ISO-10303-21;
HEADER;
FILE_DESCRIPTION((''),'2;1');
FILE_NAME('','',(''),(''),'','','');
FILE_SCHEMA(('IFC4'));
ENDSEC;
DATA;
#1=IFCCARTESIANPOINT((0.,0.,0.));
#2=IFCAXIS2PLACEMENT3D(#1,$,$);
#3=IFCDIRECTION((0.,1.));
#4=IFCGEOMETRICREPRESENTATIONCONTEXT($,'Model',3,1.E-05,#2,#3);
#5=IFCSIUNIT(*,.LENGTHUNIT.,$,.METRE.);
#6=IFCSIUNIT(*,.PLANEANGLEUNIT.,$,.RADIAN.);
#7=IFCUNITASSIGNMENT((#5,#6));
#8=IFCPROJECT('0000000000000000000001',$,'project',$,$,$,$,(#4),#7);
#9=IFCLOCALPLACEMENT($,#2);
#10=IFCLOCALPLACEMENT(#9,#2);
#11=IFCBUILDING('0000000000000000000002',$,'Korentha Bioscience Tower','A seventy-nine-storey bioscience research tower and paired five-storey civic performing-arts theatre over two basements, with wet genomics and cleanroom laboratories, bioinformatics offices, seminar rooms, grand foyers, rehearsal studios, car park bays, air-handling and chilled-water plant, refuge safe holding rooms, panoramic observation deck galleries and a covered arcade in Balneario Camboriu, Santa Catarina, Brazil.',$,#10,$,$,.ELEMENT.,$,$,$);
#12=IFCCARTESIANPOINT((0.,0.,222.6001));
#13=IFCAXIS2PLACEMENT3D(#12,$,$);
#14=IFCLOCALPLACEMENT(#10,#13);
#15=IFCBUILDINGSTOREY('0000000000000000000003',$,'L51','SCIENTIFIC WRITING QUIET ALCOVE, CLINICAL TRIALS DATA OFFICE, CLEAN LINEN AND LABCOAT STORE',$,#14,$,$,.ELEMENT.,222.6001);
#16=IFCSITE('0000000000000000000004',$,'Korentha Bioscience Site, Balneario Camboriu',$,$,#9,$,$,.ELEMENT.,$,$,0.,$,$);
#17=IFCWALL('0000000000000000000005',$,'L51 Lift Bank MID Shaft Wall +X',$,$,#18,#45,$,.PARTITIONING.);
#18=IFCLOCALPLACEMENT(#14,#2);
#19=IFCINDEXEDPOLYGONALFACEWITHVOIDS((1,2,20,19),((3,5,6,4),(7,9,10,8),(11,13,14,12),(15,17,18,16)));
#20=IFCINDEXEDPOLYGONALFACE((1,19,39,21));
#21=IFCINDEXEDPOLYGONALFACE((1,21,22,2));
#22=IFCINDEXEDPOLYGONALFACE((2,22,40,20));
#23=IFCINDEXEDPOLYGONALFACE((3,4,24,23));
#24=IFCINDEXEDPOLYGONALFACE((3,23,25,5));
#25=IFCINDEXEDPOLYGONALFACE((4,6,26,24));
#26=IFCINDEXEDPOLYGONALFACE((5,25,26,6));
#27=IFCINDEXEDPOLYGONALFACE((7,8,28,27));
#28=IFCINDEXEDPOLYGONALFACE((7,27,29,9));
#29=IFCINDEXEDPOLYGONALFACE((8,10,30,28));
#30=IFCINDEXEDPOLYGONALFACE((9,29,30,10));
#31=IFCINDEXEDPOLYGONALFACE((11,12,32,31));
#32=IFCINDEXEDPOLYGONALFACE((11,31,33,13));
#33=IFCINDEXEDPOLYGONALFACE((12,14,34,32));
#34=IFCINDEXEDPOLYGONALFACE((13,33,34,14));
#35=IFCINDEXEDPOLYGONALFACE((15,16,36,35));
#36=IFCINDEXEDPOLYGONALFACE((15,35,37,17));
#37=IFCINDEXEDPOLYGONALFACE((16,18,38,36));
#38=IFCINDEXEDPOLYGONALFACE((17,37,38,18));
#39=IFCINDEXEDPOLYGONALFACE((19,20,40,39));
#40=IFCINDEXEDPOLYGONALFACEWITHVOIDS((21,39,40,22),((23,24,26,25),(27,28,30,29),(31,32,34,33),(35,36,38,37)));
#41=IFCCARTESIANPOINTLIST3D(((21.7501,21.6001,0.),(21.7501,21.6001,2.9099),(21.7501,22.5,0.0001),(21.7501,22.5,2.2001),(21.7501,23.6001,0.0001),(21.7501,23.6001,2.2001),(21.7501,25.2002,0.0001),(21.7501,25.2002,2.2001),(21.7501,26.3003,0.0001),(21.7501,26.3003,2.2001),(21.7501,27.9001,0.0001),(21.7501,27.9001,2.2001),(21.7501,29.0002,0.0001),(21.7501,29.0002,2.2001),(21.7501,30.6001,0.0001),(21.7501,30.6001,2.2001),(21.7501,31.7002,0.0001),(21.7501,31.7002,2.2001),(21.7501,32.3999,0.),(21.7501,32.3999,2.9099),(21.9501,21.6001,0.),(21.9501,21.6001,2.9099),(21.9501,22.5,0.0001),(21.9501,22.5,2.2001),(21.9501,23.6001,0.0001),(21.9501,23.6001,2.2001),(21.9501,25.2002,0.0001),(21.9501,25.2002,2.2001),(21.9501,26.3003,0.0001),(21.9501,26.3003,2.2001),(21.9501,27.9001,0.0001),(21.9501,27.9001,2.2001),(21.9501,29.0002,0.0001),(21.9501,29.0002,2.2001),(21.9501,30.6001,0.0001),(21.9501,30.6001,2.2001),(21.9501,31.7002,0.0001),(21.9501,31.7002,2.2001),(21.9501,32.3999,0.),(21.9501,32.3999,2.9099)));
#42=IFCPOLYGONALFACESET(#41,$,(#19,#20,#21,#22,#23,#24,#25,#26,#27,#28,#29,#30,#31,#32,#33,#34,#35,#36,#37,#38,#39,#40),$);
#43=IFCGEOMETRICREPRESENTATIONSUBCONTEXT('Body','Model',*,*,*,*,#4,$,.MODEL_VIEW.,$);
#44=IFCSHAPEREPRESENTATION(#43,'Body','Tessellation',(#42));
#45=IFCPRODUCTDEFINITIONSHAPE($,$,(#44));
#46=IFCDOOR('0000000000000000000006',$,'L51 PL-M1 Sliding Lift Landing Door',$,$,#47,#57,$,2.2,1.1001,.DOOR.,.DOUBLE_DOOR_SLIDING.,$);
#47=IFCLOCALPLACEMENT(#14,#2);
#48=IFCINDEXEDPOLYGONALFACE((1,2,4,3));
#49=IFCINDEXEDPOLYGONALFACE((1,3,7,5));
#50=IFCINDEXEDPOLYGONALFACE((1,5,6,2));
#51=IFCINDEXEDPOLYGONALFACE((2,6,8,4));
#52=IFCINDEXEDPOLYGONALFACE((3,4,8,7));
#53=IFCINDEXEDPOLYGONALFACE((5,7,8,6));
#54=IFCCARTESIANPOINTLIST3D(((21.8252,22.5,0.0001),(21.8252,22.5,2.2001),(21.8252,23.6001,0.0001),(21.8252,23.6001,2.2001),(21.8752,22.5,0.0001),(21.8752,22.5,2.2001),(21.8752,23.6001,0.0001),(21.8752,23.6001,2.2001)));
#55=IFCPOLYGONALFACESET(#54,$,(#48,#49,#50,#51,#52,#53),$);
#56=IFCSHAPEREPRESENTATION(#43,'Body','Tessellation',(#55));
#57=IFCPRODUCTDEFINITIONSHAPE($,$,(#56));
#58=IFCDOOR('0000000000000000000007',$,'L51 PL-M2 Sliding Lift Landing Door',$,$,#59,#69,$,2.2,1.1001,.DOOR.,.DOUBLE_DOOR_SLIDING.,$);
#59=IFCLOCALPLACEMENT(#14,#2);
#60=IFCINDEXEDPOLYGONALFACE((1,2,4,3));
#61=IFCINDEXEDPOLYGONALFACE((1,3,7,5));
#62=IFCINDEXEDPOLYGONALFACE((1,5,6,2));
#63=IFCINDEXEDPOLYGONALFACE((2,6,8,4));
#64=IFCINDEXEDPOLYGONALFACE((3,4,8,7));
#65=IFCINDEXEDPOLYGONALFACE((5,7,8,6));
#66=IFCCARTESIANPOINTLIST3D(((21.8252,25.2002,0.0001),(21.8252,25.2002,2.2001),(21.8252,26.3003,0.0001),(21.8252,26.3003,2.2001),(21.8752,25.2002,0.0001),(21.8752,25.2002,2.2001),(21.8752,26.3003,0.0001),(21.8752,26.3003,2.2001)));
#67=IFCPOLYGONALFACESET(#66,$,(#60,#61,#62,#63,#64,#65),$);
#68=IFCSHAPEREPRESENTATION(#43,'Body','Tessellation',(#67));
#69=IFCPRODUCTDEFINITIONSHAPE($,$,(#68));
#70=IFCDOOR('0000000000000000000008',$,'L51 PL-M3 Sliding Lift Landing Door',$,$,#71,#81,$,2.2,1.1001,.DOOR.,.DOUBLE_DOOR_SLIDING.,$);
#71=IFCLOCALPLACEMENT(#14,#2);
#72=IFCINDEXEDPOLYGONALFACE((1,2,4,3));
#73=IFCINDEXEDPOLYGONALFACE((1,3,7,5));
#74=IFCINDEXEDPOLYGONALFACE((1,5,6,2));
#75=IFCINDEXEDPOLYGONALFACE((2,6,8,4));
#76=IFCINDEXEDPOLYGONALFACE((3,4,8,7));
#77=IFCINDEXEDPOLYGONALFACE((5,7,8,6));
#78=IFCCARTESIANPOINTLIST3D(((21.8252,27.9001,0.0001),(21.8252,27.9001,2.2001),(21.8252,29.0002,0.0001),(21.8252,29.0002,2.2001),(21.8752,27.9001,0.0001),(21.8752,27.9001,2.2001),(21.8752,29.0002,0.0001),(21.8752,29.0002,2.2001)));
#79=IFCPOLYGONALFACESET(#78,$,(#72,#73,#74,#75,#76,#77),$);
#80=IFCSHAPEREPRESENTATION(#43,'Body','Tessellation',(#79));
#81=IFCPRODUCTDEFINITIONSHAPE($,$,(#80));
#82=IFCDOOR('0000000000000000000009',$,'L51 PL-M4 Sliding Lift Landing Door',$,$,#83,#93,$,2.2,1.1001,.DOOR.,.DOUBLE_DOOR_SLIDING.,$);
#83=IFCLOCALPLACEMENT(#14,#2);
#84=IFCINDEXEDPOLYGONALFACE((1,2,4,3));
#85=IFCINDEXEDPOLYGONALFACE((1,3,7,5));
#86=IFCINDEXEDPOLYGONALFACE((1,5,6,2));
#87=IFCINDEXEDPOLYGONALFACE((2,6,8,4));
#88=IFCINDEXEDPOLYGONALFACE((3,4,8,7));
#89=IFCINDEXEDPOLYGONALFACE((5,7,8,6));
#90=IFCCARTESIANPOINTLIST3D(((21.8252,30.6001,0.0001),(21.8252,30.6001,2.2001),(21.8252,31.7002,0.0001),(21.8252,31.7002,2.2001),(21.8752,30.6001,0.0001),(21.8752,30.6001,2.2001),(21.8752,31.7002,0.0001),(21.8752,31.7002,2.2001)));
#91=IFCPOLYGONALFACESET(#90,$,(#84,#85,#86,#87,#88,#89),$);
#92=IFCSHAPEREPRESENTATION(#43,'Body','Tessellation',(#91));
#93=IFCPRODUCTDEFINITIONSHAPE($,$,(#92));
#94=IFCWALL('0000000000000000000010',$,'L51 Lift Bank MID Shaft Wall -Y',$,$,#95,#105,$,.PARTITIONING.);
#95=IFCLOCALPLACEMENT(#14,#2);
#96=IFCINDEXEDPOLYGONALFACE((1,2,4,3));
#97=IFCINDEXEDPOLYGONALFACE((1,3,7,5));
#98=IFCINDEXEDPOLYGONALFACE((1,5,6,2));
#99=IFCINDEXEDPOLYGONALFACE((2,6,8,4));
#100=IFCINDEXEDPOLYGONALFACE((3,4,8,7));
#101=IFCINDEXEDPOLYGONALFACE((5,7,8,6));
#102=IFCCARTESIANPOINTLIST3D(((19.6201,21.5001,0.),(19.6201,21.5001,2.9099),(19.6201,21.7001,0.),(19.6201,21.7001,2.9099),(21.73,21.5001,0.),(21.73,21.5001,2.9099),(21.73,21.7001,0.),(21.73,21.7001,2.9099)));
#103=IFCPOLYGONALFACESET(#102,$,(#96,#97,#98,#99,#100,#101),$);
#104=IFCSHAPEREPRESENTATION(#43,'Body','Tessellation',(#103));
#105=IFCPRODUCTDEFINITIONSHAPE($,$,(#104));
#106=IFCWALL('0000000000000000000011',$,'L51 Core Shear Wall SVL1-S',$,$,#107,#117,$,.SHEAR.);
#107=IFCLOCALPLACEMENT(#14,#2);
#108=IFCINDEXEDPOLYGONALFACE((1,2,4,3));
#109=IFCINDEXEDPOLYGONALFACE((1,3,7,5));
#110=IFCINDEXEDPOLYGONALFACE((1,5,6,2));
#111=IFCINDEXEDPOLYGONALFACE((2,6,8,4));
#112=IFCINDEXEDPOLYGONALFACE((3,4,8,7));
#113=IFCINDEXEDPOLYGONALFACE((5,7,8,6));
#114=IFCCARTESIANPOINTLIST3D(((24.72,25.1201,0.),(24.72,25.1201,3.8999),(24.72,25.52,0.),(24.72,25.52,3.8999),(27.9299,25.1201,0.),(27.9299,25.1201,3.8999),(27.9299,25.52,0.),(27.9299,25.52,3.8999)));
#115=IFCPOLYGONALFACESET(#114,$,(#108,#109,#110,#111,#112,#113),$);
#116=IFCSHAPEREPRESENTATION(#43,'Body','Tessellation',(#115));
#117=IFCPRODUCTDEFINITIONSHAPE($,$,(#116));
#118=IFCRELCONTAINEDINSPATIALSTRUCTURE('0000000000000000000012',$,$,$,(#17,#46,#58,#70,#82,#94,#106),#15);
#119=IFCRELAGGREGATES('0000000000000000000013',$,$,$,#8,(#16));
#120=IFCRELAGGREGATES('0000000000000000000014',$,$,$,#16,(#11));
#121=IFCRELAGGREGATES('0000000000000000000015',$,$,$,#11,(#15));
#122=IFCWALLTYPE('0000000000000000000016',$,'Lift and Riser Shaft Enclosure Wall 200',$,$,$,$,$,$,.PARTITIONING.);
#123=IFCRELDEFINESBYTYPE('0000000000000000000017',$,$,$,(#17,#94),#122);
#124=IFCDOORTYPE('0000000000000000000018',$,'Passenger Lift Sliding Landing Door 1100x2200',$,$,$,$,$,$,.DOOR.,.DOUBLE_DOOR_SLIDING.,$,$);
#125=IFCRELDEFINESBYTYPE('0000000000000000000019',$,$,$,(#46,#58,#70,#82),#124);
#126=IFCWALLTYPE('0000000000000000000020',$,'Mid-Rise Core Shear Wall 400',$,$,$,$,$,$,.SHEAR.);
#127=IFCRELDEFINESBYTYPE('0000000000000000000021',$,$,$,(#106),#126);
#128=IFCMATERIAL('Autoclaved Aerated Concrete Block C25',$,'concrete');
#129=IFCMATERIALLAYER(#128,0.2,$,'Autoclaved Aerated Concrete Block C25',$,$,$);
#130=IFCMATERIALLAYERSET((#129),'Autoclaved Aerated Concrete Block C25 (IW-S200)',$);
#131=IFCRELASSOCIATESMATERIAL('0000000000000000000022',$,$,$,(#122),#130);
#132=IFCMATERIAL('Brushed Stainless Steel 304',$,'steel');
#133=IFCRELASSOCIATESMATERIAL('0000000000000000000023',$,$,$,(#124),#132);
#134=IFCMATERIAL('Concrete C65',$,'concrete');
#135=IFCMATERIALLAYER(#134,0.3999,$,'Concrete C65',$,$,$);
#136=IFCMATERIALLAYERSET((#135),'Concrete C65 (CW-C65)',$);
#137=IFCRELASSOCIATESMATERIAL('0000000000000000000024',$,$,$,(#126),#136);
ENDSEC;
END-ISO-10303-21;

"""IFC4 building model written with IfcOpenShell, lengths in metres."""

from ifc_helpers import new_model, si_unit, direction, frame, frame_2d, origin, place, context, subcontext, project, spatial, rectangle, extrude, material, layer, layer_set, type_object, element, fill, save


model = new_model("IFC4")

# Units and contexts
model_context = context("Model", 3, precision=1e-05, world=origin(), true_north=direction((0.0, 1.0)))
body_context = subcontext(model_context, "Body", "Model", "MODEL_VIEW")
ifc_project = project(units=[si_unit("LENGTHUNIT", "METRE"), si_unit("PLANEANGLEUNIT", "RADIAN")], contexts=[model_context])

# Site, building, storey
site_placement = place(None, origin())
site = spatial("IfcSite", under=ifc_project, at=site_placement, Name="Korentha Bioscience Site, Balneario Camboriu", CompositionType="ELEMENT", RefElevation=0.0)
building_placement = place(site_placement, origin())
building = spatial("IfcBuilding", under=site, at=building_placement, Name="Korentha Bioscience Tower", Description="A seventy-nine-storey bioscience research tower and paired five-storey civic performing-arts theatre over two basements, with wet genomics and cleanroom laboratories, bioinformatics offices, seminar rooms, grand foyers, rehearsal studios, car park bays, air-handling and chilled-water plant, refuge safe holding rooms, panoramic observation deck galleries and a covered arcade in Balneario Camboriu, Santa Catarina, Brazil.", CompositionType="ELEMENT")
storey_placement = place(building_placement, frame((0.0, 0.0, 222.6001)))
storey = spatial("IfcBuildingStorey", under=building, at=storey_placement, Name="L51", Description="SCIENTIFIC WRITING QUIET ALCOVE, CLINICAL TRIALS DATA OFFICE, CLEAN LINEN AND LABCOAT STORE", CompositionType="ELEMENT", Elevation=222.6001)

# Shared definitions
ifc_material_1 = material(Name="Concrete C65", Category="concrete")

# Shared definitions
ifc_material_2 = material(Name="Autoclaved Aerated Concrete Block C25", Category="concrete")
ifc_layer_1 = layer(ifc_material_2, 0.2, Name="Autoclaved Aerated Concrete Block C25")
ifc_layer_set_1 = layer_set([ifc_layer_1], Name="Autoclaved Aerated Concrete Block C25 (IW-S200)")
wall_type_1 = type_object("IfcWallType", Name="Lift and Riser Shaft Enclosure Wall 200", PredefinedType="PARTITIONING", material=ifc_layer_set_1)

# Wall, openings, doors
wall_1_placement = place(storey_placement, frame((21.8501, 21.6001, 0.0), z_axis=(0.0, 0.0, 1.0), x_axis=(0.0, 1.0, 0.0)))
wall_1 = element("IfcWall", 1, at=wall_1_placement, inside=storey, type_object=wall_type_1, Name="L51 Lift Bank MID Shaft Wall +X", PredefinedType="PARTITIONING", context=body_context, shape_type="SweptSolid", body=[
    extrude(rectangle(XDim=10.7998, YDim=0.2, at=frame_2d((5.3999, 0.0))), origin(), (0.0, 0.0, 1.0), 2.9099),
])
opening_1_placement = place(wall_1_placement, frame((0.8999, 0.0, 0.0)))
opening_1 = element("IfcOpeningElement", 2, at=opening_1_placement, cuts=wall_1, PredefinedType="OPENING", context=body_context, shape_type="SweptSolid", body=[
    extrude(rectangle(XDim=1.1001, YDim=2.2, at=frame_2d((0.55, 1.1001))), frame((0.0, 0.1147, 0.0), z_axis=(0.0, -1.0, 0.0), x_axis=(1.0, 0.0, 0.0)), (0.0, 0.0, 1.0), 0.2297),
])
opening_2_placement = place(wall_1_placement, frame((3.6001, 0.0, 0.0)))
opening_2 = element("IfcOpeningElement", 3, at=opening_2_placement, cuts=wall_1, PredefinedType="OPENING", context=body_context, shape_type="SweptSolid", body=[
    extrude(rectangle(XDim=1.1001, YDim=2.2, at=frame_2d((0.55, 1.1001))), frame((0.0, 0.1147, 0.0), z_axis=(0.0, -1.0, 0.0), x_axis=(1.0, 0.0, 0.0)), (0.0, 0.0, 1.0), 0.2297),
])
opening_3_placement = place(wall_1_placement, frame((6.3, 0.0, 0.0)))
opening_3 = element("IfcOpeningElement", 4, at=opening_3_placement, cuts=wall_1, PredefinedType="OPENING", context=body_context, shape_type="SweptSolid", body=[
    extrude(rectangle(XDim=1.1001, YDim=2.2, at=frame_2d((0.55, 1.1001))), frame((0.0, 0.1147, 0.0), z_axis=(0.0, -1.0, 0.0), x_axis=(1.0, 0.0, 0.0)), (0.0, 0.0, 1.0), 0.2297),
])
opening_4_placement = place(wall_1_placement, frame((9.0, 0.0, 0.0)))
opening_4 = element("IfcOpeningElement", 5, at=opening_4_placement, cuts=wall_1, PredefinedType="OPENING", context=body_context, shape_type="SweptSolid", body=[
    extrude(rectangle(XDim=1.1001, YDim=2.2, at=frame_2d((0.55, 1.1001))), frame((0.0, 0.1147, 0.0), z_axis=(0.0, -1.0, 0.0), x_axis=(1.0, 0.0, 0.0)), (0.0, 0.0, 1.0), 0.2297),
])
ifc_material_3 = material(Name="Brushed Stainless Steel 304", Category="steel")
door_type_1 = type_object("IfcDoorType", Name="Passenger Lift Sliding Landing Door 1100x2200", OperationType="DOUBLE_DOOR_SLIDING", PredefinedType="DOOR", material=ifc_material_3)
door_1_placement = place(opening_1_placement, origin())
door_1 = element("IfcDoor", 6, at=door_1_placement, inside=storey, type_object=door_type_1, Name="L51 PL-M1 Sliding Lift Landing Door", OperationType="DOUBLE_DOOR_SLIDING", OverallHeight=2.2, OverallWidth=1.1001, PredefinedType="DOOR", context=body_context, shape_type="SweptSolid", body=[
    extrude(rectangle(XDim=1.1001, YDim=2.2, at=frame_2d((0.55, 1.1001))), frame((0.0, 0.0249, 0.0), z_axis=(0.0, -1.0, 0.0), x_axis=(1.0, 0.0, 0.0)), (0.0, 0.0, 1.0), 0.05),
])
fill(opening_1, door_1)
door_2_placement = place(opening_2_placement, origin())
door_2 = element("IfcDoor", 7, at=door_2_placement, inside=storey, type_object=door_type_1, Name="L51 PL-M2 Sliding Lift Landing Door", OperationType="DOUBLE_DOOR_SLIDING", OverallHeight=2.2, OverallWidth=1.1001, PredefinedType="DOOR", context=body_context, shape_type="SweptSolid", body=[
    extrude(rectangle(XDim=1.1001, YDim=2.2, at=frame_2d((0.55, 1.1001))), frame((0.0, 0.0249, 0.0), z_axis=(0.0, -1.0, 0.0), x_axis=(1.0, 0.0, 0.0)), (0.0, 0.0, 1.0), 0.05),
])
fill(opening_2, door_2)
door_3_placement = place(opening_3_placement, origin())
door_3 = element("IfcDoor", 8, at=door_3_placement, inside=storey, type_object=door_type_1, Name="L51 PL-M3 Sliding Lift Landing Door", OperationType="DOUBLE_DOOR_SLIDING", OverallHeight=2.2, OverallWidth=1.1001, PredefinedType="DOOR", context=body_context, shape_type="SweptSolid", body=[
    extrude(rectangle(XDim=1.1001, YDim=2.2, at=frame_2d((0.55, 1.1001))), frame((0.0, 0.0249, 0.0), z_axis=(0.0, -1.0, 0.0), x_axis=(1.0, 0.0, 0.0)), (0.0, 0.0, 1.0), 0.05),
])
fill(opening_3, door_3)
door_4_placement = place(opening_4_placement, origin())
door_4 = element("IfcDoor", 9, at=door_4_placement, inside=storey, type_object=door_type_1, Name="L51 PL-M4 Sliding Lift Landing Door", OperationType="DOUBLE_DOOR_SLIDING", OverallHeight=2.2, OverallWidth=1.1001, PredefinedType="DOOR", context=body_context, shape_type="SweptSolid", body=[
    extrude(rectangle(XDim=1.1001, YDim=2.2, at=frame_2d((0.55, 1.1001))), frame((0.0, 0.0249, 0.0), z_axis=(0.0, -1.0, 0.0), x_axis=(1.0, 0.0, 0.0)), (0.0, 0.0, 1.0), 0.05),
])
fill(opening_4, door_4)

# Walls
wall_2_placement = place(storey_placement, frame((19.6201, 21.6001, 0.0), z_axis=(0.0, 0.0, 1.0), x_axis=(1.0, 0.0, 0.0)))
element("IfcWall", 10, at=wall_2_placement, inside=storey, type_object=wall_type_1, Name="L51 Lift Bank MID Shaft Wall -Y", PredefinedType="PARTITIONING", context=body_context, shape_type="SweptSolid", body=[
    extrude(rectangle(XDim=2.1099, YDim=0.2, at=frame_2d((1.0549, 0.0))), origin(), (0.0, 0.0, 1.0), 2.9099),
])
ifc_layer_2 = layer(ifc_material_1, 0.3999, Name="Concrete C65")
ifc_layer_set_2 = layer_set([ifc_layer_2], Name="Concrete C65 (CW-C65)")
wall_type_2 = type_object("IfcWallType", Name="Mid-Rise Core Shear Wall 400", PredefinedType="SHEAR", material=ifc_layer_set_2)
wall_3_placement = place(storey_placement, frame((24.72, 25.3201, 0.0), z_axis=(0.0, 0.0, 1.0), x_axis=(1.0, 0.0, 0.0)))
element("IfcWall", 11, at=wall_3_placement, inside=storey, type_object=wall_type_2, Name="L51 Core Shear Wall SVL1-S", PredefinedType="SHEAR", context=body_context, shape_type="SweptSolid", body=[
    extrude(rectangle(XDim=3.21, YDim=0.3999, at=frame_2d((1.605, 0.0))), origin(), (0.0, 0.0, 1.0), 3.8999),
])

save(model, "model.ifc")
